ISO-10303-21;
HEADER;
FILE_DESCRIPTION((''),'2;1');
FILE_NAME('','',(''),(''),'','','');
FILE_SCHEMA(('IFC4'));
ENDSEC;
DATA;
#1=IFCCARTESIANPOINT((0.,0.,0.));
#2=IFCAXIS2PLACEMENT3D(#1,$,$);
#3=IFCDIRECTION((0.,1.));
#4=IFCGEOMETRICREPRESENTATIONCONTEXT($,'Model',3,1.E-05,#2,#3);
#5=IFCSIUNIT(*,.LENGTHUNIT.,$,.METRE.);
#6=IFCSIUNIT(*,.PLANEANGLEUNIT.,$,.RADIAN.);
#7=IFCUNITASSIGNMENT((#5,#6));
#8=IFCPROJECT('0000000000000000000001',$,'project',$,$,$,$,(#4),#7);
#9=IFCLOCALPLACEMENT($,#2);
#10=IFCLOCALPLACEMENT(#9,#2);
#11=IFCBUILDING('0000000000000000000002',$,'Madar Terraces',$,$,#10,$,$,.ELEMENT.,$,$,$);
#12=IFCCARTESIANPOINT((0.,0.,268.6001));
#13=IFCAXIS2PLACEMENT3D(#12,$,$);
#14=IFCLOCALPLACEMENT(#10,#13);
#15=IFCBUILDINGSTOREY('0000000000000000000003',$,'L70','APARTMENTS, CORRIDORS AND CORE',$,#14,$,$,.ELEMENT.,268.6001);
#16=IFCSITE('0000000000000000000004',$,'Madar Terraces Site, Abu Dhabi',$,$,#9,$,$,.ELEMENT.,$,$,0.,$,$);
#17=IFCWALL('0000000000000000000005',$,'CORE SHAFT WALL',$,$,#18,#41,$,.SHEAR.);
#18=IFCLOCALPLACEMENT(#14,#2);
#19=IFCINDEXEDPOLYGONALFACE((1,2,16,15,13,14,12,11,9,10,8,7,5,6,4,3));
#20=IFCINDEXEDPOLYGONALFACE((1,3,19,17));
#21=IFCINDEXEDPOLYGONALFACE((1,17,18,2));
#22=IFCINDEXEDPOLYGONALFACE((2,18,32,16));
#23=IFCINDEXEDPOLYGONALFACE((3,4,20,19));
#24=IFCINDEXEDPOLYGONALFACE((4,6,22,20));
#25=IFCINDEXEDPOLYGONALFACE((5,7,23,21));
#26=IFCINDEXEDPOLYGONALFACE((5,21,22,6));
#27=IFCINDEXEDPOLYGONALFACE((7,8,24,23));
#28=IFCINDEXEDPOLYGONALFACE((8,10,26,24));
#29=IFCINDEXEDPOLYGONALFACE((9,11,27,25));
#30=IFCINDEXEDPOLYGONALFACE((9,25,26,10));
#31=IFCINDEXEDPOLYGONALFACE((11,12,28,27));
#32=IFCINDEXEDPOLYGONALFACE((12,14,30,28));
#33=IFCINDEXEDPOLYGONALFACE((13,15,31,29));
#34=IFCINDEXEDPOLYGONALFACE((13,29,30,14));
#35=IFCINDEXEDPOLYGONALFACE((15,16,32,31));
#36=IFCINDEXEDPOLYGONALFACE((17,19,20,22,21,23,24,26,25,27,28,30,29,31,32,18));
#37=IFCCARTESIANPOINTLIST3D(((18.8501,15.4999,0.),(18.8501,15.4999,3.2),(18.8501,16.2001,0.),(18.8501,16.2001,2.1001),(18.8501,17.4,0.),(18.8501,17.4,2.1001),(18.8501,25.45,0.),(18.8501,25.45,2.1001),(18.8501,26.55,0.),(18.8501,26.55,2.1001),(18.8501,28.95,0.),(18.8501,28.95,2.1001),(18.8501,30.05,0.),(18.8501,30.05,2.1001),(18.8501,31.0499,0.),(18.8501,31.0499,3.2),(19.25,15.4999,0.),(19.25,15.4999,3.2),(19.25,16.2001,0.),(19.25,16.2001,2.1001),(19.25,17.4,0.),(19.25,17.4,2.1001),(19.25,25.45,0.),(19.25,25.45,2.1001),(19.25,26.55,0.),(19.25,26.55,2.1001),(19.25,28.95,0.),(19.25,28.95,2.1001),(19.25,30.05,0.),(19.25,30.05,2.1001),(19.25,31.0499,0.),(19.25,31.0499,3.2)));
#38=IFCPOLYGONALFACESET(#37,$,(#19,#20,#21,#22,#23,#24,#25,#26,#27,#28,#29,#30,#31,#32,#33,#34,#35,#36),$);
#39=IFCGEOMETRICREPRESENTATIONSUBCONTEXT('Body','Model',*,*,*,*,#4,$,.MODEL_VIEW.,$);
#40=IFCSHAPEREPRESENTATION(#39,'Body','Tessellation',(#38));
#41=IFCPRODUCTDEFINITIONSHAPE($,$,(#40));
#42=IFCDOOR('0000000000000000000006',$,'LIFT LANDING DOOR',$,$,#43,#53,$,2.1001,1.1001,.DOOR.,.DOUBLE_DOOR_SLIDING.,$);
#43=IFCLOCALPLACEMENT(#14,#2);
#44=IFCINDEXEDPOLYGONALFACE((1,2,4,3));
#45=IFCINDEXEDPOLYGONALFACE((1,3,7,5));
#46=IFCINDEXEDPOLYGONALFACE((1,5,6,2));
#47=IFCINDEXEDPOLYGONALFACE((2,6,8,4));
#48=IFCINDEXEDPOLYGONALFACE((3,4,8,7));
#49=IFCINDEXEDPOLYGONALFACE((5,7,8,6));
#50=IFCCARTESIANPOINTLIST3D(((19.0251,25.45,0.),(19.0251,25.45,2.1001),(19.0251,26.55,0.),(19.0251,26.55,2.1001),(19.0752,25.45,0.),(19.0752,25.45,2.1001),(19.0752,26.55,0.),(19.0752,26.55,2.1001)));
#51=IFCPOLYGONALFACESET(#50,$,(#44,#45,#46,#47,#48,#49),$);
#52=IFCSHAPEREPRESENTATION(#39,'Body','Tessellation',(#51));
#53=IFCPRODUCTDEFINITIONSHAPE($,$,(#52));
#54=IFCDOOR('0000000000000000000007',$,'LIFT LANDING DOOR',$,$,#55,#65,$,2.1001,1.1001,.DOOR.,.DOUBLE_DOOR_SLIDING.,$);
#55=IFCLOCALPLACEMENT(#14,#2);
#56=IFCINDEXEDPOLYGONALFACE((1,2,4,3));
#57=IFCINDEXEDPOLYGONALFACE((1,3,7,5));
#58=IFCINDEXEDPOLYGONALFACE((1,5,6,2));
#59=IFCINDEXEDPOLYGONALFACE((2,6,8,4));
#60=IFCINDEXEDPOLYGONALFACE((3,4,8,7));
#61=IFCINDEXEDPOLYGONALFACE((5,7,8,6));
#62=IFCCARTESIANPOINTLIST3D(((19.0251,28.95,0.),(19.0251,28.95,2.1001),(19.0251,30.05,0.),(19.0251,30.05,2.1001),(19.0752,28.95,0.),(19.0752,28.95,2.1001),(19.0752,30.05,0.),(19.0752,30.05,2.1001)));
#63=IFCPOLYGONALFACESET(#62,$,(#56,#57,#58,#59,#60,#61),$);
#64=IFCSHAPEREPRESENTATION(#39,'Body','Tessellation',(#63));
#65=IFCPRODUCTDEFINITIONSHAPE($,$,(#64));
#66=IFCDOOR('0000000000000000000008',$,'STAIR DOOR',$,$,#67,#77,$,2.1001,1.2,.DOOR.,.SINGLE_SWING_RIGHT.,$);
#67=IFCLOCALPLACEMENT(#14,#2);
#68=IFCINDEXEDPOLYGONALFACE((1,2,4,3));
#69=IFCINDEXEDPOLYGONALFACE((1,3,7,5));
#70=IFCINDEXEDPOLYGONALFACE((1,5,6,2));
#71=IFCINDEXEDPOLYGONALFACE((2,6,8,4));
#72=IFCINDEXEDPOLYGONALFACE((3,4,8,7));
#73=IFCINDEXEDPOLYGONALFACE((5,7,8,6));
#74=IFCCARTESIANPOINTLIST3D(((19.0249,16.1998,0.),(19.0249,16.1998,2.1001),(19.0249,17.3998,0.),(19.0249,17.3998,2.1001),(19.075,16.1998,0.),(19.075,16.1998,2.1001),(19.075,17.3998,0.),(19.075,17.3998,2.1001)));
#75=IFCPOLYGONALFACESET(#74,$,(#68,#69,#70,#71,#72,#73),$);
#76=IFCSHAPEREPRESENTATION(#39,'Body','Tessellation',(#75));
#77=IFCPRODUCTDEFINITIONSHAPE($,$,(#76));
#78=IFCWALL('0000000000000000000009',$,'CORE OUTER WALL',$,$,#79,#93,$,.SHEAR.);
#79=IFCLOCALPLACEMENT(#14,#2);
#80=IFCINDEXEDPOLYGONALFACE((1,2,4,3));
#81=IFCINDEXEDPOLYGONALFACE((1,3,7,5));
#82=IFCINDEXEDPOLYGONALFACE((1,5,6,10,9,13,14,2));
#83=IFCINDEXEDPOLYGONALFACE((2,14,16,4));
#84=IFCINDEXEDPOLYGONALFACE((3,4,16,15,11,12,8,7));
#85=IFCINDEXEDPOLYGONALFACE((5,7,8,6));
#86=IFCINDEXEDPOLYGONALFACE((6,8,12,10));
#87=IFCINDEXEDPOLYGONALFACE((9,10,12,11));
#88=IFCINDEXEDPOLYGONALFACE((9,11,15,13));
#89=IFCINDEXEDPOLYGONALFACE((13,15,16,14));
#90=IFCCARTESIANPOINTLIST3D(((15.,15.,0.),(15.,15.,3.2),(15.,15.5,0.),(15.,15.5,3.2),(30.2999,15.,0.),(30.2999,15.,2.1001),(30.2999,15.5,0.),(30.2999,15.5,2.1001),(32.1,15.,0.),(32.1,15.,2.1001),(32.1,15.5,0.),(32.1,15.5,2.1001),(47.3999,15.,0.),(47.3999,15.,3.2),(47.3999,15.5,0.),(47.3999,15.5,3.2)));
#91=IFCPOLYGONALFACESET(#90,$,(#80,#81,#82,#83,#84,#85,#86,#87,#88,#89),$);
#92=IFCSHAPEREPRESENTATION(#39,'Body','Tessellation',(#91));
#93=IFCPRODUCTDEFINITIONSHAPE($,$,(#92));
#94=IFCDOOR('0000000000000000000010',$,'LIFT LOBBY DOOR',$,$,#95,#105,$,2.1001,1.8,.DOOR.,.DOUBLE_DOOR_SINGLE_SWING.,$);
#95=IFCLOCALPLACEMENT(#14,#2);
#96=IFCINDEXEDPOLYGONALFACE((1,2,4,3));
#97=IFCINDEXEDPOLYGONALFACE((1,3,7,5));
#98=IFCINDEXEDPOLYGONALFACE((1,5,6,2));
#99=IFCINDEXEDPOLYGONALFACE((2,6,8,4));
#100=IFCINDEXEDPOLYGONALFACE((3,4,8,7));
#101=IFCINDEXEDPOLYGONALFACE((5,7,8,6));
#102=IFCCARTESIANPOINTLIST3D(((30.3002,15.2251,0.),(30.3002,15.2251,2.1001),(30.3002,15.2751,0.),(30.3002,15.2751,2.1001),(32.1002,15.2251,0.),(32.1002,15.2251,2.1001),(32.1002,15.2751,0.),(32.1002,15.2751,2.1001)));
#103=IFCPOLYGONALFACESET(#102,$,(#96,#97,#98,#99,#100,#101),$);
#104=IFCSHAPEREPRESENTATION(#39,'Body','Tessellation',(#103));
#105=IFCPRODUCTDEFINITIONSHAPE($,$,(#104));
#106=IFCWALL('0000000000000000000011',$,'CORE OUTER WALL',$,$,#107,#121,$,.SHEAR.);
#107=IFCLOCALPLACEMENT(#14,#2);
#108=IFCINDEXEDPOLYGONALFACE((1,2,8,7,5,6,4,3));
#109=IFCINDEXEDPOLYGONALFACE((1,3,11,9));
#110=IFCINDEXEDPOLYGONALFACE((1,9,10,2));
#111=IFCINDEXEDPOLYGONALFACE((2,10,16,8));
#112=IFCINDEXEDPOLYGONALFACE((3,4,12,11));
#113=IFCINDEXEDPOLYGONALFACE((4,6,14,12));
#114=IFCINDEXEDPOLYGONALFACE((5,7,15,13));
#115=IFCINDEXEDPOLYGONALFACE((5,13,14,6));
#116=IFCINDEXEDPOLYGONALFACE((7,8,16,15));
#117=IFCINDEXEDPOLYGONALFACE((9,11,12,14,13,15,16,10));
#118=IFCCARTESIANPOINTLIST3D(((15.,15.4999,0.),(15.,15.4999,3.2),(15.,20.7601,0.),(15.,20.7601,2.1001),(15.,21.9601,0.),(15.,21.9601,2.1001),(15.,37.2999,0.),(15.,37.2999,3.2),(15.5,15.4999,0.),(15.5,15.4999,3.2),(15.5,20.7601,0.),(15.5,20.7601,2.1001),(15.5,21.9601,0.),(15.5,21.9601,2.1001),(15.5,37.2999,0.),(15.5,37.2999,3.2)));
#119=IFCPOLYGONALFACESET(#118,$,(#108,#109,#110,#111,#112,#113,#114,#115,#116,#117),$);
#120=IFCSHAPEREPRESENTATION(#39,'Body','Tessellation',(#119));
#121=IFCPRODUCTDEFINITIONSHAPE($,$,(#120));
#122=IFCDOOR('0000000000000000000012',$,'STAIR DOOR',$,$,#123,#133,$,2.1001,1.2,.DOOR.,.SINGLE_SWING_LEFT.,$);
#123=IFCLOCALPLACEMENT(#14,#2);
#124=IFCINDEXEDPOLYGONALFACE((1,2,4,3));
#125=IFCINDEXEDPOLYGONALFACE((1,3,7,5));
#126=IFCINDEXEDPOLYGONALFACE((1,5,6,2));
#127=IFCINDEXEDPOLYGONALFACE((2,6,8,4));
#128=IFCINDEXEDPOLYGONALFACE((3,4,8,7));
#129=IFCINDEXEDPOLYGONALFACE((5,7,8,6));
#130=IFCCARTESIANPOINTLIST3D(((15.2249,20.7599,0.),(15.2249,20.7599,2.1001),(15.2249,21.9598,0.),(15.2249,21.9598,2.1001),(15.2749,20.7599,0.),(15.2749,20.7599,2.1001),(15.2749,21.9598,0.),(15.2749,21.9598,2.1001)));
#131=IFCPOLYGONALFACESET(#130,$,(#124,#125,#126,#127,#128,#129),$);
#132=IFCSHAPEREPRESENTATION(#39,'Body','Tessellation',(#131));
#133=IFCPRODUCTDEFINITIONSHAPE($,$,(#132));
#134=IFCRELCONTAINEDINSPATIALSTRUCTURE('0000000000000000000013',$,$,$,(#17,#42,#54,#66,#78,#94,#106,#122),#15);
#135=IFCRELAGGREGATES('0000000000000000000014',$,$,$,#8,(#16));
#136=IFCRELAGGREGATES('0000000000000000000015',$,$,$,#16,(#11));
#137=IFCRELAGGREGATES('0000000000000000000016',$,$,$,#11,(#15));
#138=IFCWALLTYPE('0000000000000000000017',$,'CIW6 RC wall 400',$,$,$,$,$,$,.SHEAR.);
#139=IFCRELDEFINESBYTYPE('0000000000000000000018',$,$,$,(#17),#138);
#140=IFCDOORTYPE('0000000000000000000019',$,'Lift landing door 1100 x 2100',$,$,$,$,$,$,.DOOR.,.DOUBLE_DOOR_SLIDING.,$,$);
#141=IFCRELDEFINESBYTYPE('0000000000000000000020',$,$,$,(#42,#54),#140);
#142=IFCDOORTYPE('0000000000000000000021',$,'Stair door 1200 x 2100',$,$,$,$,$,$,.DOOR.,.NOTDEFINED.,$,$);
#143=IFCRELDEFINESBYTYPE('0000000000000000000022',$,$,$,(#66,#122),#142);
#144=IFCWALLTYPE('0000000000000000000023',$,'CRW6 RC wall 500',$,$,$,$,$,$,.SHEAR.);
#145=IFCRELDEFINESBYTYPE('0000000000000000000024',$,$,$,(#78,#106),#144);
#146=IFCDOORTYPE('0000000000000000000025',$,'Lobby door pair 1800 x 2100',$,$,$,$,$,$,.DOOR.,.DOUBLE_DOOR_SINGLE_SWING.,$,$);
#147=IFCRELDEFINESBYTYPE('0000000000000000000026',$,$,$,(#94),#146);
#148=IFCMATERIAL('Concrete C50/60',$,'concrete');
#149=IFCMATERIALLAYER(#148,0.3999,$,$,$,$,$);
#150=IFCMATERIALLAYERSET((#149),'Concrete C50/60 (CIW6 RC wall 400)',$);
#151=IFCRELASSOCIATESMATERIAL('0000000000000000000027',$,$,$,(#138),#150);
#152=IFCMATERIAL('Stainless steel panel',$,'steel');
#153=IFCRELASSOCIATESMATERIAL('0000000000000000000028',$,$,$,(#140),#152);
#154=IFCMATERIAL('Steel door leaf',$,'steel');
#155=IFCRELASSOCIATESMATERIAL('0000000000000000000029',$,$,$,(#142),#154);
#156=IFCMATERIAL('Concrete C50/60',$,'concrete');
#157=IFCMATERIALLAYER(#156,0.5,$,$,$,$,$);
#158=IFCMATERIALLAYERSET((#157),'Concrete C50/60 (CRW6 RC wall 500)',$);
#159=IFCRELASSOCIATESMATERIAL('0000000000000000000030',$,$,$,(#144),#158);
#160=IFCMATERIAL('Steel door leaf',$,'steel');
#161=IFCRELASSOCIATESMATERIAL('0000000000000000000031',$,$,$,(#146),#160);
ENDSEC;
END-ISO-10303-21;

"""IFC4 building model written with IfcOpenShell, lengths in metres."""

from ifc_helpers import new_model, si_unit, direction, frame, frame_2d, origin, place, context, subcontext, project, spatial, rectangle, extrude, material, layer, layer_set, type_object, element, fill, save


model = new_model("IFC4")

# Units and contexts
model_context = context("Model", 3, precision=1e-05, world=origin(), true_north=direction((0.0, 1.0)))
body_context = subcontext(model_context, "Body", "Model", "MODEL_VIEW")
ifc_project = project(units=[si_unit("LENGTHUNIT", "METRE"), si_unit("PLANEANGLEUNIT", "RADIAN")], contexts=[model_context])

# Site, building, storey
site_placement = place(None, origin())
site = spatial("IfcSite", under=ifc_project, at=site_placement, Name="Madar Terraces Site, Abu Dhabi", CompositionType="ELEMENT", RefElevation=0.0)
building_placement = place(site_placement, origin())
building = spatial("IfcBuilding", under=site, at=building_placement, Name="Madar Terraces", CompositionType="ELEMENT")
storey_placement = place(building_placement, frame((0.0, 0.0, 268.6001)))
storey = spatial("IfcBuildingStorey", under=building, at=storey_placement, Name="L70", Description="APARTMENTS, CORRIDORS AND CORE", CompositionType="ELEMENT", Elevation=268.6001)

# Wall, openings, doors
ifc_material_1 = material(Name="Concrete C50/60", Category="concrete")
ifc_layer_1 = layer(ifc_material_1, 0.3999)
ifc_layer_set_1 = layer_set([ifc_layer_1], Name="Concrete C50/60 (CIW6 RC wall 400)")
wall_type_1 = type_object("IfcWallType", Name="CIW6 RC wall 400", PredefinedType="SHEAR", material=ifc_layer_set_1)
wall_1_placement = place(storey_placement, frame((19.05, 15.5, 0.0), z_axis=(0.0, 0.0, 1.0), x_axis=(0.0, 1.0, 0.0)))
wall_1 = element("IfcWall", 1, at=wall_1_placement, inside=storey, type_object=wall_type_1, Name="CORE SHAFT WALL", PredefinedType="SHEAR", context=body_context, shape_type="SweptSolid", body=[
    extrude(rectangle(XDim=15.55, YDim=0.3999, at=frame_2d((7.7749, 0.0))), origin(), (0.0, 0.0, 1.0), 3.2),
])
opening_1_placement = place(wall_1_placement, frame((9.95, 0.0, 0.0)))
opening_1 = element("IfcOpeningElement", 2, at=opening_1_placement, cuts=wall_1, PredefinedType="OPENING", context=body_context, shape_type="SweptSolid", body=[
    extrude(rectangle(XDim=1.1001, YDim=2.1001, at=frame_2d((0.55, 1.05))), frame((0.0, 0.21, 0.0), z_axis=(0.0, -1.0, 0.0), x_axis=(1.0, 0.0, 0.0)), (0.0, 0.0, 1.0), 0.4199),
])
opening_2_placement = place(wall_1_placement, frame((13.45, 0.0, 0.0)))
opening_2 = element("IfcOpeningElement", 3, at=opening_2_placement, cuts=wall_1, PredefinedType="OPENING", context=body_context, shape_type="SweptSolid", body=[
    extrude(rectangle(XDim=1.1001, YDim=2.1001, at=frame_2d((0.55, 1.05))), frame((0.0, 0.21, 0.0), z_axis=(0.0, -1.0, 0.0), x_axis=(1.0, 0.0, 0.0)), (0.0, 0.0, 1.0), 0.4199),
])
opening_3_placement = place(wall_1_placement, frame((0.7, 0.0, 0.0)))
opening_3 = element("IfcOpeningElement", 4, at=opening_3_placement, cuts=wall_1, PredefinedType="OPENING", context=body_context, shape_type="SweptSolid", body=[
    extrude(rectangle(XDim=1.2, YDim=2.1001, at=frame_2d((0.6001, 1.05))), frame((0.0, 0.21, 0.0), z_axis=(0.0, -1.0, 0.0), x_axis=(1.0, 0.0, 0.0)), (0.0, 0.0, 1.0), 0.4199),
])
ifc_material_2 = material(Name="Stainless steel panel", Category="steel")
door_type_1 = type_object("IfcDoorType", Name="Lift landing door 1100 x 2100", OperationType="DOUBLE_DOOR_SLIDING", PredefinedType="DOOR", material=ifc_material_2)
door_1_placement = place(opening_1_placement, origin())
door_1 = element("IfcDoor", 5, at=door_1_placement, inside=storey, type_object=door_type_1, Name="LIFT LANDING DOOR", OperationType="DOUBLE_DOOR_SLIDING", OverallHeight=2.1001, OverallWidth=1.1001, PredefinedType="DOOR", context=body_context, shape_type="SweptSolid", body=[
    extrude(rectangle(XDim=1.1001, YDim=2.1001, at=frame_2d((0.55, 1.05))), frame((0.0, 0.0249, 0.0), z_axis=(0.0, -1.0, 0.0), x_axis=(1.0, 0.0, 0.0)), (0.0, 0.0, 1.0), 0.05),
])
fill(opening_1, door_1)
door_2_placement = place(opening_2_placement, origin())
door_2 = element("IfcDoor", 6, at=door_2_placement, inside=storey, type_object=door_type_1, Name="LIFT LANDING DOOR", OperationType="DOUBLE_DOOR_SLIDING", OverallHeight=2.1001, OverallWidth=1.1001, PredefinedType="DOOR", context=body_context, shape_type="SweptSolid", body=[
    extrude(rectangle(XDim=1.1001, YDim=2.1001, at=frame_2d((0.55, 1.05))), frame((0.0, 0.0249, 0.0), z_axis=(0.0, -1.0, 0.0), x_axis=(1.0, 0.0, 0.0)), (0.0, 0.0, 1.0), 0.05),
])
fill(opening_2, door_2)
ifc_material_3 = material(Name="Steel door leaf", Category="steel")
door_type_2 = type_object("IfcDoorType", Name="Stair door 1200 x 2100", OperationType="NOTDEFINED", PredefinedType="DOOR", material=ifc_material_3)
door_3_placement = place(opening_3_placement, frame((1.2, 0.0, 0.0), z_axis=(0.0, 0.0, 1.0), x_axis=(-1.0, 0.0, 0.0)))
door_3 = element("IfcDoor", 7, at=door_3_placement, inside=storey, type_object=door_type_2, Name="STAIR DOOR", OperationType="SINGLE_SWING_RIGHT", OverallHeight=2.1001, OverallWidth=1.2, PredefinedType="DOOR", context=body_context, shape_type="SweptSolid", body=[
    extrude(rectangle(XDim=1.2, YDim=2.1001, at=frame_2d((0.6001, 1.05))), frame((0.0, 0.0249, 0.0), z_axis=(0.0, -1.0, 0.0), x_axis=(1.0, 0.0, 0.0)), (0.0, 0.0, 1.0), 0.05),
])
fill(opening_3, door_3)

# Walls, openings, doors
ifc_material_4 = material(Name="Concrete C50/60", Category="concrete")
ifc_layer_2 = layer(ifc_material_4, 0.5)
ifc_layer_set_2 = layer_set([ifc_layer_2], Name="Concrete C50/60 (CRW6 RC wall 500)")
wall_type_2 = type_object("IfcWallType", Name="CRW6 RC wall 500", PredefinedType="SHEAR", material=ifc_layer_set_2)
wall_2_placement = place(storey_placement, frame((15.0, 15.25, 0.0), z_axis=(0.0, 0.0, 1.0), x_axis=(1.0, 0.0, 0.0)))
wall_2 = element("IfcWall", 8, at=wall_2_placement, inside=storey, type_object=wall_type_2, Name="CORE OUTER WALL", PredefinedType="SHEAR", context=body_context, shape_type="SweptSolid", body=[
    extrude(rectangle(XDim=32.3999, YDim=0.5, at=frame_2d((16.2, 0.0))), origin(), (0.0, 0.0, 1.0), 3.2),
])
opening_4_placement = place(wall_2_placement, frame((15.3, 0.0, 0.0)))
opening_4 = element("IfcOpeningElement", 9, at=opening_4_placement, cuts=wall_2, PredefinedType="OPENING", context=body_context, shape_type="SweptSolid", body=[
    extrude(rectangle(XDim=1.8, YDim=2.1001, at=frame_2d((0.8999, 1.05))), frame((0.0, 0.26, 0.0), z_axis=(0.0, -1.0, 0.0), x_axis=(1.0, 0.0, 0.0)), (0.0, 0.0, 1.0), 0.52),
])
ifc_material_5 = material(Name="Steel door leaf", Category="steel")
door_type_3 = type_object("IfcDoorType", Name="Lobby door pair 1800 x 2100", OperationType="DOUBLE_DOOR_SINGLE_SWING", PredefinedType="DOOR", material=ifc_material_5)
door_4_placement = place(opening_4_placement, frame((1.8, 0.0, 0.0), z_axis=(0.0, 0.0, 1.0), x_axis=(-1.0, 0.0, 0.0)))
door_4 = element("IfcDoor", 10, at=door_4_placement, inside=storey, type_object=door_type_3, Name="LIFT LOBBY DOOR", OperationType="DOUBLE_DOOR_SINGLE_SWING", OverallHeight=2.1001, OverallWidth=1.8, PredefinedType="DOOR", context=body_context, shape_type="SweptSolid", body=[
    extrude(rectangle(XDim=1.8, YDim=2.1001, at=frame_2d((0.8999, 1.05))), frame((0.0, 0.0249, 0.0), z_axis=(0.0, -1.0, 0.0), x_axis=(1.0, 0.0, 0.0)), (0.0, 0.0, 1.0), 0.05),
])
fill(opening_4, door_4)
wall_3_placement = place(storey_placement, frame((15.25, 15.5, 0.0), z_axis=(0.0, 0.0, 1.0), x_axis=(0.0, 1.0, 0.0)))
wall_3 = element("IfcWall", 11, at=wall_3_placement, inside=storey, type_object=wall_type_2, Name="CORE OUTER WALL", PredefinedType="SHEAR", context=body_context, shape_type="SweptSolid", body=[
    extrude(rectangle(XDim=21.8, YDim=0.5, at=frame_2d((10.8999, 0.0))), origin(), (0.0, 0.0, 1.0), 3.2),
])
opening_5_placement = place(wall_3_placement, frame((5.26, 0.0, 0.0)))
opening_5 = element("IfcOpeningElement", 12, at=opening_5_placement, cuts=wall_3, PredefinedType="OPENING", context=body_context, shape_type="SweptSolid", body=[
    extrude(rectangle(XDim=1.2, YDim=2.1001, at=frame_2d((0.6001, 1.05))), frame((0.0, 0.26, 0.0), z_axis=(0.0, -1.0, 0.0), x_axis=(1.0, 0.0, 0.0)), (0.0, 0.0, 1.0), 0.52),
])
door_5_placement = place(opening_5_placement, frame((1.2, 0.0, 0.0), z_axis=(0.0, 0.0, 1.0), x_axis=(-1.0, 0.0, 0.0)))
door_5 = element("IfcDoor", 13, at=door_5_placement, inside=storey, type_object=door_type_2, Name="STAIR DOOR", OperationType="SINGLE_SWING_LEFT", OverallHeight=2.1001, OverallWidth=1.2, PredefinedType="DOOR", context=body_context, shape_type="SweptSolid", body=[
    extrude(rectangle(XDim=1.2, YDim=2.1001, at=frame_2d((0.6001, 1.05))), frame((0.0, 0.0249, 0.0), z_axis=(0.0, -1.0, 0.0), x_axis=(1.0, 0.0, 0.0)), (0.0, 0.0, 1.0), 0.05),
])
fill(opening_5, door_5)

save(model, "model.ifc")
